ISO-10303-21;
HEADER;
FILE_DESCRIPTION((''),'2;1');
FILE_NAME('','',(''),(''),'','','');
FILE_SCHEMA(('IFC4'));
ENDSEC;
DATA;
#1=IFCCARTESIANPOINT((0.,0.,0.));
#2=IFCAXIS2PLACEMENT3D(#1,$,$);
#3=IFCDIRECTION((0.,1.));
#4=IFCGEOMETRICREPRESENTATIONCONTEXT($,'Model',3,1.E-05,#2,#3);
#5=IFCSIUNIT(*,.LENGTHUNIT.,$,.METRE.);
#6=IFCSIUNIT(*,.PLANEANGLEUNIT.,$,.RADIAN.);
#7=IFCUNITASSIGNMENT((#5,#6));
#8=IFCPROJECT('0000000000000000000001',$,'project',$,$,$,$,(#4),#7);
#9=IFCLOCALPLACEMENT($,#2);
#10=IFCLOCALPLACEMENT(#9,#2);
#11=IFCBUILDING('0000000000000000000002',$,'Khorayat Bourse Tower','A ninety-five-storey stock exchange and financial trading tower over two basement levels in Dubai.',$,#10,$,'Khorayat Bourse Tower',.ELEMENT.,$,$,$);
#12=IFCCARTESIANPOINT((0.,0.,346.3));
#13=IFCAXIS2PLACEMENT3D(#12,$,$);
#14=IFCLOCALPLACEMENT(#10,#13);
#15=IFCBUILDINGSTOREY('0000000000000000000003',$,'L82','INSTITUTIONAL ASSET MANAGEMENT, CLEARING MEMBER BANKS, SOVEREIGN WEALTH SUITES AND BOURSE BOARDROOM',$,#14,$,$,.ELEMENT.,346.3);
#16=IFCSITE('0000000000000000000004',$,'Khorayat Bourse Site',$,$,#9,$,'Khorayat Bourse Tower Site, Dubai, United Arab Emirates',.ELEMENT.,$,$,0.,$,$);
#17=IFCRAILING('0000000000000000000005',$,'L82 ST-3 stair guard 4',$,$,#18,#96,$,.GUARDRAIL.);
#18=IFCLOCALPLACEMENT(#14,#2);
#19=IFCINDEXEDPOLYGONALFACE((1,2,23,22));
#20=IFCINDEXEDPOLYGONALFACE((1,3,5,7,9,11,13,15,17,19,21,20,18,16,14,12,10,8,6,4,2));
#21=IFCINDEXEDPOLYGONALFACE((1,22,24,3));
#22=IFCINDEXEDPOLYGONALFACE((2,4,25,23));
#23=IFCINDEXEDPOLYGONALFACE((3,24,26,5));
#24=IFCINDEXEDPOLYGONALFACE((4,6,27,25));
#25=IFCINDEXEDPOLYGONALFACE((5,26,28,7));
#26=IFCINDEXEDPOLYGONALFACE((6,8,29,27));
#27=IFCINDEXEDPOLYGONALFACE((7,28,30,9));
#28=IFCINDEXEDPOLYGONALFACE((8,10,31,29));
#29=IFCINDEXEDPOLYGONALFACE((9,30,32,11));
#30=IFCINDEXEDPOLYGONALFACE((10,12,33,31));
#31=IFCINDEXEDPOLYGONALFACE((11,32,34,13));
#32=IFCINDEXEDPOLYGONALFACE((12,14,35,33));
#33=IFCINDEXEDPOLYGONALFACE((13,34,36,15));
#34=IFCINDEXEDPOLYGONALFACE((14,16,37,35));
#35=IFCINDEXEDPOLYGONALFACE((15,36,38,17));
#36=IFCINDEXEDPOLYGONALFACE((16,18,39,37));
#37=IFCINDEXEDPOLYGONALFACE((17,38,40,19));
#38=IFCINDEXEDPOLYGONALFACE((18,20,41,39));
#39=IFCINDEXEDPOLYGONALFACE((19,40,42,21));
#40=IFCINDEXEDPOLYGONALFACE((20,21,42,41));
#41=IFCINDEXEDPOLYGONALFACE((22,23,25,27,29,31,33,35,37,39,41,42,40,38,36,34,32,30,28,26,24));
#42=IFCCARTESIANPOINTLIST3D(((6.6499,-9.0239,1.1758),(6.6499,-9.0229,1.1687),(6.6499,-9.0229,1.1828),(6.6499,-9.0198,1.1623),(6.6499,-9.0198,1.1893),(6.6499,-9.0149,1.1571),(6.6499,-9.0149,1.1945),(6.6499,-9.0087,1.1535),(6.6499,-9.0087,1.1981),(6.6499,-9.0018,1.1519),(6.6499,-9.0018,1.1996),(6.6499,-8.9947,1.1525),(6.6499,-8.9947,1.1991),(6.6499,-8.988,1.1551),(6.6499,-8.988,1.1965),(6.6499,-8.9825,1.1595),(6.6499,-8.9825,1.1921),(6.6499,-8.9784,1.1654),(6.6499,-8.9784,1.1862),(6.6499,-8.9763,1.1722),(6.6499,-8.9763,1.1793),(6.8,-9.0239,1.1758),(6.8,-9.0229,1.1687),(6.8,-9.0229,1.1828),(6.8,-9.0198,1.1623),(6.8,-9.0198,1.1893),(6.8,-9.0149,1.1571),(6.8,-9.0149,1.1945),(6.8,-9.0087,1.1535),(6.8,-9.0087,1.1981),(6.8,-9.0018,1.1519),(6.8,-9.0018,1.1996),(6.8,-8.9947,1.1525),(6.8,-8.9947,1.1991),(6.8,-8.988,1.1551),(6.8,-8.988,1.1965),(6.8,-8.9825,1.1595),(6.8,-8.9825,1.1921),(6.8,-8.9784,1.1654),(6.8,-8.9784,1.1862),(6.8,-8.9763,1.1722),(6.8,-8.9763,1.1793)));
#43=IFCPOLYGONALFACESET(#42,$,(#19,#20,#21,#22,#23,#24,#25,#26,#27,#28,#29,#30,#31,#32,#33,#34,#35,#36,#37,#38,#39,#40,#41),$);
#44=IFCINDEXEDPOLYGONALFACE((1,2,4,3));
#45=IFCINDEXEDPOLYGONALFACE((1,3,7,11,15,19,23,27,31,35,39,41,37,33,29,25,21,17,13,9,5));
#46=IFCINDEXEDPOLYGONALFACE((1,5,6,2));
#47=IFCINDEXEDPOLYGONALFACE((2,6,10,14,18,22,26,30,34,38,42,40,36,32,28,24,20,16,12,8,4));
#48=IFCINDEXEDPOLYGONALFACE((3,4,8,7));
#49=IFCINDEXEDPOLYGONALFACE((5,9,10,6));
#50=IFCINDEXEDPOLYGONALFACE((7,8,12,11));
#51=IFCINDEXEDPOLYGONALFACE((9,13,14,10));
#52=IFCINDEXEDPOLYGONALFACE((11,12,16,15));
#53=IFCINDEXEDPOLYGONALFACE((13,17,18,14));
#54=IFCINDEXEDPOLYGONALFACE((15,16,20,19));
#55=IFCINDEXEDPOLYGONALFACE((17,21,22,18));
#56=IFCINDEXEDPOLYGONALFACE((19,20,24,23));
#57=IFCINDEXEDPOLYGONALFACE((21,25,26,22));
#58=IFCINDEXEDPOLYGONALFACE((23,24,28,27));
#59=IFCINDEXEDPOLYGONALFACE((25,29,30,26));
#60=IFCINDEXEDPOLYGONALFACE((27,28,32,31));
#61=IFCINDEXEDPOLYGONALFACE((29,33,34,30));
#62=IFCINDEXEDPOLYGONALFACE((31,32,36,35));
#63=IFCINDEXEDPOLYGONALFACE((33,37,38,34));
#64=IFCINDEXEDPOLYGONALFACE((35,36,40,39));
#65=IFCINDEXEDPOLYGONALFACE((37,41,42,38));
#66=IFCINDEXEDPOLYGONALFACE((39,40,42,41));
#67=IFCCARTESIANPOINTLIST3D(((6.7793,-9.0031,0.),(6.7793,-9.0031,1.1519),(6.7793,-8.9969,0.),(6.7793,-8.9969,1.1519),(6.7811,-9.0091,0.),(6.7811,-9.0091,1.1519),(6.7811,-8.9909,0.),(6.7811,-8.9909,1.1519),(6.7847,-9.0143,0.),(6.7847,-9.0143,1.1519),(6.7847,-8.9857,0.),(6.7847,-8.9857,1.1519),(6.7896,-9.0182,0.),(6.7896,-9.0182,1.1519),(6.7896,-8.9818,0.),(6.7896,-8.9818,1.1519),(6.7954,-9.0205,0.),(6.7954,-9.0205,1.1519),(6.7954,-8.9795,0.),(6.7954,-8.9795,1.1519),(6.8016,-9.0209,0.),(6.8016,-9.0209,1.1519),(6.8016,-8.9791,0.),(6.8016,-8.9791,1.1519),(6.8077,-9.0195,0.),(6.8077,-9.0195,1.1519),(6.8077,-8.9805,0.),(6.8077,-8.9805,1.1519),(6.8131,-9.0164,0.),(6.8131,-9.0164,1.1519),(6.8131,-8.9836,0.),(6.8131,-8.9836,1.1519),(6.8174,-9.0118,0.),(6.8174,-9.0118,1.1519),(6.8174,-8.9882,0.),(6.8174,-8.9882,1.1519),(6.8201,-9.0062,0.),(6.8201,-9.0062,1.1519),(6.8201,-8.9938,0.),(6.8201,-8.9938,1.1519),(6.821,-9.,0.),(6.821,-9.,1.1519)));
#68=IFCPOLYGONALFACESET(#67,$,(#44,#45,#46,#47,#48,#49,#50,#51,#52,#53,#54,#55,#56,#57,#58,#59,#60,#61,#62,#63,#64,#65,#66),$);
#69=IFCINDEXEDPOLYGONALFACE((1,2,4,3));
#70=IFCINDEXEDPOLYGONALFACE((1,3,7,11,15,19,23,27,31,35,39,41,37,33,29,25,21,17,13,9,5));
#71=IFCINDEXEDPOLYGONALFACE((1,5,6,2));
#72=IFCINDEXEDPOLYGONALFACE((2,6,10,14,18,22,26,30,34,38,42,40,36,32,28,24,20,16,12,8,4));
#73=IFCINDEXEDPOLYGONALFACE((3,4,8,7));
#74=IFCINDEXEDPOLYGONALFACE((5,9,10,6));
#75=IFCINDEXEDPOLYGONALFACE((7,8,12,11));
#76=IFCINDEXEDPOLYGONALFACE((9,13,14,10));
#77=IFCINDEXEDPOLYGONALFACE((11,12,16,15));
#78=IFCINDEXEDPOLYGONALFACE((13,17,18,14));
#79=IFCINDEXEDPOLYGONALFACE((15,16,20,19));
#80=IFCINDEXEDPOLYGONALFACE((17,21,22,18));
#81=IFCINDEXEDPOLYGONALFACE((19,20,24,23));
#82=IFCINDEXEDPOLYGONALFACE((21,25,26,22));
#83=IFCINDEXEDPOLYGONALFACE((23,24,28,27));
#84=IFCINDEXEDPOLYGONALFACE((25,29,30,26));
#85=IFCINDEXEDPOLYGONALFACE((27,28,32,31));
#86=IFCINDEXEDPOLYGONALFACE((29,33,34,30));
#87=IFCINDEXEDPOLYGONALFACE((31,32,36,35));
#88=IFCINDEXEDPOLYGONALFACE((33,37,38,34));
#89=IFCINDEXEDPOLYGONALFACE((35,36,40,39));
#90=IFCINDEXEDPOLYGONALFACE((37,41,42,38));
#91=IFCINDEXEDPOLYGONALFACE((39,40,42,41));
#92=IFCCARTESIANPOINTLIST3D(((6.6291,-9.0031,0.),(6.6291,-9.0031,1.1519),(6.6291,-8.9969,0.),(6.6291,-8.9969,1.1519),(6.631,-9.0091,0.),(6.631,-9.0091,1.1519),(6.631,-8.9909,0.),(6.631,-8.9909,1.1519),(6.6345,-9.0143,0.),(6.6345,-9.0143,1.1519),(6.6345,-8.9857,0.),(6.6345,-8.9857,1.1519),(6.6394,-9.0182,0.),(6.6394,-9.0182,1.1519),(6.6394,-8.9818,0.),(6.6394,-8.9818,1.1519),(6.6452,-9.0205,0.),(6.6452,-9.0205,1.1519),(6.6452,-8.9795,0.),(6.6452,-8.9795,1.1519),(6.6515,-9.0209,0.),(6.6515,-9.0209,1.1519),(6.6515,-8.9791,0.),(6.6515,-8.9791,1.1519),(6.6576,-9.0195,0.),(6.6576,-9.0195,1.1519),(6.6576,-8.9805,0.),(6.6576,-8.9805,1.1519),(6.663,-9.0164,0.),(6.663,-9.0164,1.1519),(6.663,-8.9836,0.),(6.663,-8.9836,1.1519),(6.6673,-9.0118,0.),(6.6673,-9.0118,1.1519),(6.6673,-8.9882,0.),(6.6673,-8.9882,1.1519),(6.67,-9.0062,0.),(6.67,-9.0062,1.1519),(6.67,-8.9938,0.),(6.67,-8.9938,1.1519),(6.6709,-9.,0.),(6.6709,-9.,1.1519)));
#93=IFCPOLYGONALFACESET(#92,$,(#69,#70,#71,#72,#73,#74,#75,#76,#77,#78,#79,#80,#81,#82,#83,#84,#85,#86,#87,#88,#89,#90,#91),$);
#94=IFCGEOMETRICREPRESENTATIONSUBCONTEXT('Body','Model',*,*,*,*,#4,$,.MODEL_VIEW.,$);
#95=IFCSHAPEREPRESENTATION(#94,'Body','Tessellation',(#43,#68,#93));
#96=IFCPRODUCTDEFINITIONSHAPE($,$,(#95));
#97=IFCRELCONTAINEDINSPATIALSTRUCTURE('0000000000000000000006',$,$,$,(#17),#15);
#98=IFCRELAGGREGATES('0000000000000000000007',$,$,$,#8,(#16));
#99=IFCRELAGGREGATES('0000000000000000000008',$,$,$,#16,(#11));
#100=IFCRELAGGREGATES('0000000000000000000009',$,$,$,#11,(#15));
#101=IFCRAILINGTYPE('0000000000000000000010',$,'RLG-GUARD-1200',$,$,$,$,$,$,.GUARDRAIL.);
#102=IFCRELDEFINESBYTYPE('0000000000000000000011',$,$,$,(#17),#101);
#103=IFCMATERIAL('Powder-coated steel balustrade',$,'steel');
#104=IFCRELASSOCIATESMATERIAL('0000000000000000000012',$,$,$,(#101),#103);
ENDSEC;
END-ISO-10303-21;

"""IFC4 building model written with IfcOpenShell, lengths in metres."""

from ifc_helpers import new_model, si_unit, direction, frame, origin, origin_2d, place, context, subcontext, project, spatial, circle, extrude, source, transform, mapped, material, type_object, element, save


model = new_model("IFC4")

# Units and contexts
model_context = context("Model", 3, precision=1e-05, world=origin(), true_north=direction((0.0, 1.0)))
body_context = subcontext(model_context, "Body", "Model", "MODEL_VIEW")
ifc_project = project(units=[si_unit("LENGTHUNIT", "METRE"), si_unit("PLANEANGLEUNIT", "RADIAN")], contexts=[model_context])

# Site, building, storey
site_placement = place(None, origin())
site = spatial("IfcSite", under=ifc_project, at=site_placement, Name="Khorayat Bourse Site", LongName="Khorayat Bourse Tower Site, Dubai, United Arab Emirates", CompositionType="ELEMENT", RefElevation=0.0)
building_placement = place(site_placement, origin())
building = spatial("IfcBuilding", under=site, at=building_placement, Name="Khorayat Bourse Tower", Description="A ninety-five-storey stock exchange and financial trading tower over two basement levels in Dubai.", LongName="Khorayat Bourse Tower", CompositionType="ELEMENT")
storey_placement = place(building_placement, frame((0.0, 0.0, 346.3)))
storey = spatial("IfcBuildingStorey", under=building, at=storey_placement, Name="L82", Description="INSTITUTIONAL ASSET MANAGEMENT, CLEARING MEMBER BANKS, SOVEREIGN WEALTH SUITES AND BOURSE BOARDROOM", CompositionType="ELEMENT", Elevation=346.3)

# Railing
ifc_material_1 = material(Name="Powder-coated steel balustrade", Category="steel")
railing_type_1 = type_object("IfcRailingType", Name="RLG-GUARD-1200", PredefinedType="GUARDRAIL", material=ifc_material_1)
shared_shape_1 = source(origin(), body_context, "Body", "SweptSolid", [
    extrude(circle(Radius=0.0239, at=origin_2d()), frame((0.0, 0.0, 1.1758), z_axis=(-1.0, 0.0, 0.0), x_axis=(0.0, -1.0, 0.0)), (0.0, 0.0, 1.0), 0.1501),
    extrude(circle(Radius=0.021, at=origin_2d()), origin(), (0.0, 0.0, 1.0), 1.1519),
    extrude(circle(Radius=0.021, at=origin_2d()), frame((-0.1501, 0.0, 0.0)), (0.0, 0.0, 1.0), 1.1519),
])
for number, where, name in (
    (1, (6.8, -9.0, 0.0), "L82 ST-3 stair guard 4"),
):
    element("IfcRailing", number, at=place(storey_placement, frame(where)), inside=storey, type_object=railing_type_1, Name=name, PredefinedType="GUARDRAIL", context=body_context, shape_type="MappedRepresentation", body=[
        mapped(shared_shape_1, transform((0.0, 0.0, 0.0), scale=1.0)),
    ])

save(model, "model.ifc")
